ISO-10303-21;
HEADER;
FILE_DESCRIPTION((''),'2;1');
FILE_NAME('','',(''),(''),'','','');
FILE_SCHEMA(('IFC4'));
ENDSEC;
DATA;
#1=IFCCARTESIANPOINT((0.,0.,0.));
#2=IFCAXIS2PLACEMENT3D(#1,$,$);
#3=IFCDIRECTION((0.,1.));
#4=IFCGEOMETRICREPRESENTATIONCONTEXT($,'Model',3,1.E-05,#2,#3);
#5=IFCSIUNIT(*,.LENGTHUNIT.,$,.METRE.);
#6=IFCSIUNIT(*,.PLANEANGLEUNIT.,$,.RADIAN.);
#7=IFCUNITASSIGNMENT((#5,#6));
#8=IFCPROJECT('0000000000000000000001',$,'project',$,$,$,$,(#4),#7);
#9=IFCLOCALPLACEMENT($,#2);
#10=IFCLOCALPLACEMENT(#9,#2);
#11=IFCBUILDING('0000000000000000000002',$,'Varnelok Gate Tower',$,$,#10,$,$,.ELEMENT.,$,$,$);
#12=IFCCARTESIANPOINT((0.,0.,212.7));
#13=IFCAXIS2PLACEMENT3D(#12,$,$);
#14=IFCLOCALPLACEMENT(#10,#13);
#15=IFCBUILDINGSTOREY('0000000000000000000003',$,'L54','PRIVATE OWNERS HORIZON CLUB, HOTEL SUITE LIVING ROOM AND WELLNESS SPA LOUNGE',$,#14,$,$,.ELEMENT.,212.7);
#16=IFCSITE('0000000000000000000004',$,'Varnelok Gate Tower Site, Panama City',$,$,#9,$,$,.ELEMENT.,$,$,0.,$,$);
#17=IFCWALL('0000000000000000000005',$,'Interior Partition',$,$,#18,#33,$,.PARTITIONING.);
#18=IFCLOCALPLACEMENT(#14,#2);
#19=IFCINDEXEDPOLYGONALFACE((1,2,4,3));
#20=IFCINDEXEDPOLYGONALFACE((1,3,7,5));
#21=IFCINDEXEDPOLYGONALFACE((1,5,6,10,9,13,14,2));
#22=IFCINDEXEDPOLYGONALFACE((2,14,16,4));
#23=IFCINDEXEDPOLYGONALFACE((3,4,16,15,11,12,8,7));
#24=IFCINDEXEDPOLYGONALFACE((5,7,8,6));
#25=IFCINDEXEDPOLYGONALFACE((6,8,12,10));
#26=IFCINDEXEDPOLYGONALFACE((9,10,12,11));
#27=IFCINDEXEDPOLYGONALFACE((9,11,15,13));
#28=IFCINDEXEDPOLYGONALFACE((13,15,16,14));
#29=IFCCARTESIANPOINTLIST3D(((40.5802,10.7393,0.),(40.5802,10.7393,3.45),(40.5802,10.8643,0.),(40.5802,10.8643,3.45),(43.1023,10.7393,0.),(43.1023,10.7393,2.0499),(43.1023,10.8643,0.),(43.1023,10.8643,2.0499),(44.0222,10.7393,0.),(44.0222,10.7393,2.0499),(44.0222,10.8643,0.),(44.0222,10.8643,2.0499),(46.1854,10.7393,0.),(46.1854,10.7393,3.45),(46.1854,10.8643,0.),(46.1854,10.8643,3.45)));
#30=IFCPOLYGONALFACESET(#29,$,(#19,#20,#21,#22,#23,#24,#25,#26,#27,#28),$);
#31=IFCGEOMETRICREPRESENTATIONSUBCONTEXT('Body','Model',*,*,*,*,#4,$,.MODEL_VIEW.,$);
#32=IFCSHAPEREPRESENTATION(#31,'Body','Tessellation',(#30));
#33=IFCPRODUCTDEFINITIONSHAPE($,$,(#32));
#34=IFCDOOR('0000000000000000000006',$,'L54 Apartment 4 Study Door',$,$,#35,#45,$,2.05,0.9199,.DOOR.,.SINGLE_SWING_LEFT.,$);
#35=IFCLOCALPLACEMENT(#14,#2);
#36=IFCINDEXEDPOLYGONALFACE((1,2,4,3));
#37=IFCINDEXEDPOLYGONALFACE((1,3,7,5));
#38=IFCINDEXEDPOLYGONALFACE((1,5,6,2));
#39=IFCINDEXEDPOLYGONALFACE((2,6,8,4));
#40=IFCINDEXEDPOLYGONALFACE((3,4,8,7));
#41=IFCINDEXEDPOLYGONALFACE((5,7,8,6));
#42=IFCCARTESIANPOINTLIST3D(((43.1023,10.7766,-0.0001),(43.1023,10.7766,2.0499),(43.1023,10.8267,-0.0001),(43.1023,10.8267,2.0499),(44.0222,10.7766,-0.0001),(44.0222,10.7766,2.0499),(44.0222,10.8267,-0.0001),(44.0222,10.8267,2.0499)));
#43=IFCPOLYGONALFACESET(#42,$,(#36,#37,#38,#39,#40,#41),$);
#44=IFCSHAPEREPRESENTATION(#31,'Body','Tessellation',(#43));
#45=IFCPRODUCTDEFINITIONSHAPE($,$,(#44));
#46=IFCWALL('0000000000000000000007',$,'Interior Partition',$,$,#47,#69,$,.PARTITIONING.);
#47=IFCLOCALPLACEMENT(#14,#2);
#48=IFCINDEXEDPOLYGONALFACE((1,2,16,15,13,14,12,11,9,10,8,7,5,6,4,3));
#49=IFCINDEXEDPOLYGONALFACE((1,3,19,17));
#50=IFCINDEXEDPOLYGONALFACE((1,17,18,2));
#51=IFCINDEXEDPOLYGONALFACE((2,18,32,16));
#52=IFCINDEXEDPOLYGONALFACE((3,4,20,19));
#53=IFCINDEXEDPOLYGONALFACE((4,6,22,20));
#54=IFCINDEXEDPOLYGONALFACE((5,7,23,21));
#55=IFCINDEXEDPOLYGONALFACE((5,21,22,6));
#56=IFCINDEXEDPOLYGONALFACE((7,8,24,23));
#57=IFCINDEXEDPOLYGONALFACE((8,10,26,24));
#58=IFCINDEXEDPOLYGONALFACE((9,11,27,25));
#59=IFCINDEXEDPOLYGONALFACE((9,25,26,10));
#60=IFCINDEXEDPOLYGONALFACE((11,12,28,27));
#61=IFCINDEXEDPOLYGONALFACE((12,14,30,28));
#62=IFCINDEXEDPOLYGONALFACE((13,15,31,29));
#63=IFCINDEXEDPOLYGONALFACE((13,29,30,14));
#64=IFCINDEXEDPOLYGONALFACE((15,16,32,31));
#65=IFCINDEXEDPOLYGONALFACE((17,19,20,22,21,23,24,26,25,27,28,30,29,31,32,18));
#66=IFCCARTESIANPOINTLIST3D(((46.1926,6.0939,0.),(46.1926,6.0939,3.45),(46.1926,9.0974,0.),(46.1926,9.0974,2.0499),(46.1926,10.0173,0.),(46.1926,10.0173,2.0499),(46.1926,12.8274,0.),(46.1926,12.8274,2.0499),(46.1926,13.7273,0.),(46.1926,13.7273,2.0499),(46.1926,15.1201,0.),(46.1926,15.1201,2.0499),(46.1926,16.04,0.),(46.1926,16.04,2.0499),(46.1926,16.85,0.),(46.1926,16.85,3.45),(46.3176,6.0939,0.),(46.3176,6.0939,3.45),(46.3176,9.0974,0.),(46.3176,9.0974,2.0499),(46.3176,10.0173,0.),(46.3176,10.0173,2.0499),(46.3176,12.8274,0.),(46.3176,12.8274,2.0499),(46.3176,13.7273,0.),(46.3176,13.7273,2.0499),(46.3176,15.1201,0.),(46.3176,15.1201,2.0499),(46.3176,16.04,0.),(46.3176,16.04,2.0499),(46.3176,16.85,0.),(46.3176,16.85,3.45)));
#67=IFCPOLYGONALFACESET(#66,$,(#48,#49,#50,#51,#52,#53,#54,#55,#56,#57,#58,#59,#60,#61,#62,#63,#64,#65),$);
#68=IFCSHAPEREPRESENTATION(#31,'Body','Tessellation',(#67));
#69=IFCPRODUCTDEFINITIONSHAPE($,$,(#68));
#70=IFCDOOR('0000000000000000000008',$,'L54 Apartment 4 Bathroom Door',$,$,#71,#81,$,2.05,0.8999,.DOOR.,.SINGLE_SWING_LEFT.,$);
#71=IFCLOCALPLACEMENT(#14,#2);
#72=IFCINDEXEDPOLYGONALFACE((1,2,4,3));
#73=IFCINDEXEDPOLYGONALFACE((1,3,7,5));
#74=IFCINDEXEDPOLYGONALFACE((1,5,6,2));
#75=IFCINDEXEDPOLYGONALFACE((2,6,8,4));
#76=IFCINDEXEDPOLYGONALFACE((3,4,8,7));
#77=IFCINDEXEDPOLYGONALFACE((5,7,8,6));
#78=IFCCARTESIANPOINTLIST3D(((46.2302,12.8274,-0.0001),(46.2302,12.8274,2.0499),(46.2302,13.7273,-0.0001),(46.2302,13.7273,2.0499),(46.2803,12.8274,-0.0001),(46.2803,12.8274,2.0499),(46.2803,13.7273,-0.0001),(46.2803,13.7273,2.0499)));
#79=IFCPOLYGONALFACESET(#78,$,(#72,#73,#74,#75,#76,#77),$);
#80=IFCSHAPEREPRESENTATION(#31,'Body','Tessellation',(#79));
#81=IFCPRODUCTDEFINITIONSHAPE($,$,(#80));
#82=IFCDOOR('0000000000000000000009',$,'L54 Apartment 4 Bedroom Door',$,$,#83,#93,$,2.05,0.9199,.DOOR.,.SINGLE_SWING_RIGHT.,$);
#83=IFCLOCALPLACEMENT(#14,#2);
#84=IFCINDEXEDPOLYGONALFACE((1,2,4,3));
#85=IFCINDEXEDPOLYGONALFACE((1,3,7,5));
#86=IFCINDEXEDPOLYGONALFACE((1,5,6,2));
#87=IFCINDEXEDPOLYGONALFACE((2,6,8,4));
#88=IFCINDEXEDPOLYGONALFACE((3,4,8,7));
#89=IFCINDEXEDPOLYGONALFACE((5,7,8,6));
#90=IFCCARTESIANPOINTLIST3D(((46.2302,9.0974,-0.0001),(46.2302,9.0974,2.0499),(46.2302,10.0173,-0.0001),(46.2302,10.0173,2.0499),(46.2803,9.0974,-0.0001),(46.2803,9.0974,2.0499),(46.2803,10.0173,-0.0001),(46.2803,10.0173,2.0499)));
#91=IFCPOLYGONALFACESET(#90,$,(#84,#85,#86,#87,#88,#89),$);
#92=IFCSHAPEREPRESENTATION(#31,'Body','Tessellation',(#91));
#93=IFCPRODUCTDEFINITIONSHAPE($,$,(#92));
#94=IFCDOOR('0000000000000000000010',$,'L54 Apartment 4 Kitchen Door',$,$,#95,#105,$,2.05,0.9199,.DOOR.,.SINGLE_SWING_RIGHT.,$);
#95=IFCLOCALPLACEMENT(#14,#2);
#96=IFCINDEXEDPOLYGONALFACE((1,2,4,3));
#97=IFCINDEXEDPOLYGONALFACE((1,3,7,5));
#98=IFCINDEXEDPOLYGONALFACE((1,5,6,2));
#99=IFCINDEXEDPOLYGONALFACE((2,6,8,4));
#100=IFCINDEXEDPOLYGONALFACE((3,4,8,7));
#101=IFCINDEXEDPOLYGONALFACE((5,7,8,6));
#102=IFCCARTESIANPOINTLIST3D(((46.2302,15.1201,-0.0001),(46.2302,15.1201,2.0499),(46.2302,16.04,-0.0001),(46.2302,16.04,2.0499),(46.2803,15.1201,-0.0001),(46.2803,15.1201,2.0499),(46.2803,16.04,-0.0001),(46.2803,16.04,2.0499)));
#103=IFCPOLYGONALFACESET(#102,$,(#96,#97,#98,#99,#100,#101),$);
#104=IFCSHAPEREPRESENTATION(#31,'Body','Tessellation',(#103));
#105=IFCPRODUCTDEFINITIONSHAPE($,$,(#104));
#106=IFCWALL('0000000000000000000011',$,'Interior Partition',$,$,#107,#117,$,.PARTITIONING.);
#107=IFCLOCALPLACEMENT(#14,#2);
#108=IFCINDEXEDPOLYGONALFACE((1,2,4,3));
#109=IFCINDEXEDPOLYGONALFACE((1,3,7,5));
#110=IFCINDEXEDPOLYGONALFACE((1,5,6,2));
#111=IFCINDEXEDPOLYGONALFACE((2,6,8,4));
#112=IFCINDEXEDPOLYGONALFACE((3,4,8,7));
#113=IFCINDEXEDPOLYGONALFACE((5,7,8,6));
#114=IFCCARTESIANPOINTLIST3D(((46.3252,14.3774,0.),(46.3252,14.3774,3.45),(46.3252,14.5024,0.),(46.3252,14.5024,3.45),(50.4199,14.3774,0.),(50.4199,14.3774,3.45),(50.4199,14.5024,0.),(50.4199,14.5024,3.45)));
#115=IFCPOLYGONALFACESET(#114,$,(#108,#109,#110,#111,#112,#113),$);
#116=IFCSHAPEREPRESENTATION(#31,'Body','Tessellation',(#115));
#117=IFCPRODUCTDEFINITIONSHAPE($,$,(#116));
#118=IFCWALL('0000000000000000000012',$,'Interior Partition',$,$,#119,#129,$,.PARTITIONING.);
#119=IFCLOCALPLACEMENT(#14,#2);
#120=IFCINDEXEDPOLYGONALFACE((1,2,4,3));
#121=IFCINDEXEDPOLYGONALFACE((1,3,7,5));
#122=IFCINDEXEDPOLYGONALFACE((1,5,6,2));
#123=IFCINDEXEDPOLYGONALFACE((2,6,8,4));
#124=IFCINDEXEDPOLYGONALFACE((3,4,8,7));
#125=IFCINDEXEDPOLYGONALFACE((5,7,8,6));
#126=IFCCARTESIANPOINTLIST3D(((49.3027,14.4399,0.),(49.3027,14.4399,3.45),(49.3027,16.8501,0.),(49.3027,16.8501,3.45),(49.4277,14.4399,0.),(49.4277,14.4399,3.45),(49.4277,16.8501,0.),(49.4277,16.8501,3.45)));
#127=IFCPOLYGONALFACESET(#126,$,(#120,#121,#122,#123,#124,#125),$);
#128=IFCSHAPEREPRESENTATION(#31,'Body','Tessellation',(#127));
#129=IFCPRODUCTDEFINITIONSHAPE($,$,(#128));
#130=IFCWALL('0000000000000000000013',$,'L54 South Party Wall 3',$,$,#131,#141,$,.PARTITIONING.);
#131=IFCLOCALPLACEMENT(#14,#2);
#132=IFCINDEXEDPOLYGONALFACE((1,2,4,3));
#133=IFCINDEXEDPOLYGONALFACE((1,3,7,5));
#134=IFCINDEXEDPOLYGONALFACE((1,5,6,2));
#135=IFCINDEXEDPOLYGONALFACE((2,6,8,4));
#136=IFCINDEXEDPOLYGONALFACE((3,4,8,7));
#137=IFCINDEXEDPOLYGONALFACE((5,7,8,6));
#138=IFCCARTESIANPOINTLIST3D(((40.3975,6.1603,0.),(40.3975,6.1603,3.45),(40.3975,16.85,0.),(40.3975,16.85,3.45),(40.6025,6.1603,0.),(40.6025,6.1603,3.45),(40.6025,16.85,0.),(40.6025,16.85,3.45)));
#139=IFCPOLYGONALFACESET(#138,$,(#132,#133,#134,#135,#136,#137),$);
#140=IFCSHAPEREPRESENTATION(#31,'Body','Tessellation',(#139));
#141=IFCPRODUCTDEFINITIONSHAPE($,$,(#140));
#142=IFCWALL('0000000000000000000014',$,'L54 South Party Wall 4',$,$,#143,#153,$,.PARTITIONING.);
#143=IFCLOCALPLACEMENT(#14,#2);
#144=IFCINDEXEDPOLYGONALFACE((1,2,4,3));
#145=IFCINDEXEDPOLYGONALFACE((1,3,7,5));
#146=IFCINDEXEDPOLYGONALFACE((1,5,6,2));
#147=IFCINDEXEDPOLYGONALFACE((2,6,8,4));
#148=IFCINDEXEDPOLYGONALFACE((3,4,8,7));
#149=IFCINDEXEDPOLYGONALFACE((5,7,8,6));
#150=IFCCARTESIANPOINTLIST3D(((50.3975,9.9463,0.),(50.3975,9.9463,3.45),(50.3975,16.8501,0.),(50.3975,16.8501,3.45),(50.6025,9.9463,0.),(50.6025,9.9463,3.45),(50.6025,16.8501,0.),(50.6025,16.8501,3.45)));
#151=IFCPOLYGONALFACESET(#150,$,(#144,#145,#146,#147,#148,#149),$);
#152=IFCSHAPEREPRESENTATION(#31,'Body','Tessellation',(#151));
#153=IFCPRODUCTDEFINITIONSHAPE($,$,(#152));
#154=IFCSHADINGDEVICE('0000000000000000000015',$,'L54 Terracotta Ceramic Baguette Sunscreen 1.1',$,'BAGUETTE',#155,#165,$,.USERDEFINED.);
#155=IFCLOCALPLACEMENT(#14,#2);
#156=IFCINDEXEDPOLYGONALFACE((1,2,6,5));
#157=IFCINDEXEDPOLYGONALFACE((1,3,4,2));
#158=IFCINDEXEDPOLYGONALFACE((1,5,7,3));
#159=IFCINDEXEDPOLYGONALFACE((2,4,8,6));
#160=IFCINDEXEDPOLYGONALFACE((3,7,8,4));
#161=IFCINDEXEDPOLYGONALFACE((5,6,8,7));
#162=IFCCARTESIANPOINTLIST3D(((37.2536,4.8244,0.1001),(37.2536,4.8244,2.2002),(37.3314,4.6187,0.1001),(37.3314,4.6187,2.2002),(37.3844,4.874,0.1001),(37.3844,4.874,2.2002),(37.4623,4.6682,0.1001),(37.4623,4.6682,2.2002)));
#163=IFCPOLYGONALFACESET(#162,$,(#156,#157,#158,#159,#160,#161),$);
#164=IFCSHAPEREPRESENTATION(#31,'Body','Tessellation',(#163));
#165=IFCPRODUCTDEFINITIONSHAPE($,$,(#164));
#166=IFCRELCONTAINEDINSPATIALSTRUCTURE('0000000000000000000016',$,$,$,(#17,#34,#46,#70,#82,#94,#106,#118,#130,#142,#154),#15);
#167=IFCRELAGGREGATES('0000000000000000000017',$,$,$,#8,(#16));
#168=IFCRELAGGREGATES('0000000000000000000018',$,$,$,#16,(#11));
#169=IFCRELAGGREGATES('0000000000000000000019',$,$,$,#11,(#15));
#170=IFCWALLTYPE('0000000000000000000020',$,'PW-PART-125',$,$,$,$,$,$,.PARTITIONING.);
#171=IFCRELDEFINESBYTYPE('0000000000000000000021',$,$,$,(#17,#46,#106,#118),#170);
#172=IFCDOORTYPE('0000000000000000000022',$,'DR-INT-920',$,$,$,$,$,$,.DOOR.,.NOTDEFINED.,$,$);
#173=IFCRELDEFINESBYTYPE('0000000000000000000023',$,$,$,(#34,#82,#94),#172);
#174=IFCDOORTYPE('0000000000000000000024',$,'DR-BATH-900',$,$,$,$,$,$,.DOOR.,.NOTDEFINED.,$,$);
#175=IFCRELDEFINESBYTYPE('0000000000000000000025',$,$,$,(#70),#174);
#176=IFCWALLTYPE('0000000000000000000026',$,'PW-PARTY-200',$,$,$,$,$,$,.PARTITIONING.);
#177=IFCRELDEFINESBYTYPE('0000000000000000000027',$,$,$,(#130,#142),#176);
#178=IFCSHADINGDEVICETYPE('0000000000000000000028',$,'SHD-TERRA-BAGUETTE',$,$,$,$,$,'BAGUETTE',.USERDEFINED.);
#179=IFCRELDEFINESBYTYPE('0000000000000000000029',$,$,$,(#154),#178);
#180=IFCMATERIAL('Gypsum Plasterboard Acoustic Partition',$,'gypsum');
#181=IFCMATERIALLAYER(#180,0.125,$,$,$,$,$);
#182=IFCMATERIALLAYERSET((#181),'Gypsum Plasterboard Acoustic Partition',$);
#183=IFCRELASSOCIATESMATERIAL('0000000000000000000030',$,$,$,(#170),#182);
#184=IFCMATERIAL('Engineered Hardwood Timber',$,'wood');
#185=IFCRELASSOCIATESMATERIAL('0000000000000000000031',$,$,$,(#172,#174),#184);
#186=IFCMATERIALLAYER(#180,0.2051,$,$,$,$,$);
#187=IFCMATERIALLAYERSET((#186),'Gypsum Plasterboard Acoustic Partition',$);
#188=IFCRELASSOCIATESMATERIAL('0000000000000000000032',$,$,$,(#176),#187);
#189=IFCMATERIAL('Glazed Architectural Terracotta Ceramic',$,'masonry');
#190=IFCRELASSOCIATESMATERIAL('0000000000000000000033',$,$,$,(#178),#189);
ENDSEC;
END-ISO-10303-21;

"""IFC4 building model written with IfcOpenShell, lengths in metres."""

from ifc_helpers import new_model, si_unit, direction, frame, frame_2d, origin, origin_2d, place, context, subcontext, project, spatial, rectangle, extrude, source, transform, mapped, material, layer, layer_set, type_object, element, fill, save


model = new_model("IFC4")

# Units and contexts
model_context = context("Model", 3, precision=1e-05, world=origin(), true_north=direction((0.0, 1.0)))
body_context = subcontext(model_context, "Body", "Model", "MODEL_VIEW")
ifc_project = project(units=[si_unit("LENGTHUNIT", "METRE"), si_unit("PLANEANGLEUNIT", "RADIAN")], contexts=[model_context])

# Site, building, storey
site_placement = place(None, origin())
site = spatial("IfcSite", under=ifc_project, at=site_placement, Name="Varnelok Gate Tower Site, Panama City", CompositionType="ELEMENT", RefElevation=0.0)
building_placement = place(site_placement, origin())
building = spatial("IfcBuilding", under=site, at=building_placement, Name="Varnelok Gate Tower", CompositionType="ELEMENT")
storey_placement = place(building_placement, frame((0.0, 0.0, 212.7)))
storey = spatial("IfcBuildingStorey", under=building, at=storey_placement, Name="L54", Description="PRIVATE OWNERS HORIZON CLUB, HOTEL SUITE LIVING ROOM AND WELLNESS SPA LOUNGE", CompositionType="ELEMENT", Elevation=212.7)

# Shared definitions
ifc_material_1 = material(Name="Gypsum Plasterboard Acoustic Partition", Category="gypsum")
ifc_material_2 = material(Name="Engineered Hardwood Timber", Category="wood")

# Wall, opening, door
ifc_layer_1 = layer(ifc_material_1, 0.125)
ifc_layer_set_1 = layer_set([ifc_layer_1], Name="Gypsum Plasterboard Acoustic Partition")
wall_type_1 = type_object("IfcWallType", Name="PW-PART-125", PredefinedType="PARTITIONING", material=ifc_layer_set_1)
wall_1_placement = place(storey_placement, frame((40.5801, 10.8018, 0.0), z_axis=(0.0, 0.0, 1.0), x_axis=(1.0, 0.0, 0.0)))
wall_1 = element("IfcWall", 1, at=wall_1_placement, inside=storey, type_object=wall_type_1, Name="Interior Partition", PredefinedType="PARTITIONING", context=body_context, shape_type="SweptSolid", body=[
    extrude(rectangle(XDim=5.6052, YDim=0.125, at=frame_2d((2.8027, 0.0))), origin(), (0.0, 0.0, 1.0), 3.45),
])
opening_1_placement = place(wall_1_placement, frame((2.5222, 0.0, 0.0)))
opening_1 = element("IfcOpeningElement", 2, at=opening_1_placement, cuts=wall_1, PredefinedType="OPENING", context=body_context, shape_type="SweptSolid", body=[
    extrude(rectangle(XDim=0.9199, YDim=2.05, at=frame_2d((0.46, 1.0249))), frame((0.0, 0.0725, 0.0), z_axis=(0.0, -1.0, 0.0), x_axis=(1.0, 0.0, 0.0)), (0.0, 0.0, 1.0), 0.145),
])
door_type_1 = type_object("IfcDoorType", Name="DR-INT-920", OperationType="NOTDEFINED", PredefinedType="DOOR", material=ifc_material_2)
door_1_placement = place(opening_1_placement, origin())
door_1 = element("IfcDoor", 3, at=door_1_placement, inside=storey, type_object=door_type_1, Name="L54 Apartment 4 Study Door", OperationType="SINGLE_SWING_LEFT", OverallHeight=2.05, OverallWidth=0.9199, PredefinedType="DOOR", context=body_context, shape_type="SweptSolid", body=[
    extrude(rectangle(XDim=0.9199, YDim=2.05, at=frame_2d((0.46, 1.0249))), frame((0.0, 0.0249, 0.0), z_axis=(0.0, -1.0, 0.0), x_axis=(1.0, 0.0, 0.0)), (0.0, 0.0, 1.0), 0.05),
])
fill(opening_1, door_1)

# Wall, openings, doors
wall_2_placement = place(storey_placement, frame((46.2551, 6.094, 0.0), z_axis=(0.0, 0.0, 1.0), x_axis=(0.0, 1.0, 0.0)))
wall_2 = element("IfcWall", 4, at=wall_2_placement, inside=storey, type_object=wall_type_1, Name="Interior Partition", PredefinedType="PARTITIONING", context=body_context, shape_type="SweptSolid", body=[
    extrude(rectangle(XDim=10.7561, YDim=0.125, at=frame_2d((5.3779, 0.0))), origin(), (0.0, 0.0, 1.0), 3.45),
])
opening_2_placement = place(wall_2_placement, frame((3.0034, 0.0, 0.0)))
opening_2 = element("IfcOpeningElement", 5, at=opening_2_placement, cuts=wall_2, PredefinedType="OPENING", context=body_context, shape_type="SweptSolid", body=[
    extrude(rectangle(XDim=0.9199, YDim=2.05, at=frame_2d((0.46, 1.0249))), frame((0.0, 0.0725, 0.0), z_axis=(0.0, -1.0, 0.0), x_axis=(1.0, 0.0, 0.0)), (0.0, 0.0, 1.0), 0.145),
])
opening_3_placement = place(wall_2_placement, frame((6.7334, 0.0, 0.0)))
opening_3 = element("IfcOpeningElement", 6, at=opening_3_placement, cuts=wall_2, PredefinedType="OPENING", context=body_context, shape_type="SweptSolid", body=[
    extrude(rectangle(XDim=0.8999, YDim=2.05, at=frame_2d((0.45, 1.0249))), frame((0.0, 0.0725, 0.0), z_axis=(0.0, -1.0, 0.0), x_axis=(1.0, 0.0, 0.0)), (0.0, 0.0, 1.0), 0.145),
])
opening_4_placement = place(wall_2_placement, frame((9.0261, 0.0, 0.0)))
opening_4 = element("IfcOpeningElement", 7, at=opening_4_placement, cuts=wall_2, PredefinedType="OPENING", context=body_context, shape_type="SweptSolid", body=[
    extrude(rectangle(XDim=0.9199, YDim=2.05, at=frame_2d((0.46, 1.0249))), frame((0.0, 0.0725, 0.0), z_axis=(0.0, -1.0, 0.0), x_axis=(1.0, 0.0, 0.0)), (0.0, 0.0, 1.0), 0.145),
])
door_type_2 = type_object("IfcDoorType", Name="DR-BATH-900", OperationType="NOTDEFINED", PredefinedType="DOOR", material=ifc_material_2)
door_2_placement = place(opening_3_placement, origin())
door_2 = element("IfcDoor", 8, at=door_2_placement, inside=storey, type_object=door_type_2, Name="L54 Apartment 4 Bathroom Door", OperationType="SINGLE_SWING_LEFT", OverallHeight=2.05, OverallWidth=0.8999, PredefinedType="DOOR", context=body_context, shape_type="SweptSolid", body=[
    extrude(rectangle(XDim=0.8999, YDim=2.05, at=frame_2d((0.45, 1.0249))), frame((0.0, 0.0249, 0.0), z_axis=(0.0, -1.0, 0.0), x_axis=(1.0, 0.0, 0.0)), (0.0, 0.0, 1.0), 0.05),
])
fill(opening_3, door_2)
door_3_placement = place(opening_2_placement, origin())
door_3 = element("IfcDoor", 9, at=door_3_placement, inside=storey, type_object=door_type_1, Name="L54 Apartment 4 Bedroom Door", OperationType="SINGLE_SWING_RIGHT", OverallHeight=2.05, OverallWidth=0.9199, PredefinedType="DOOR", context=body_context, shape_type="SweptSolid", body=[
    extrude(rectangle(XDim=0.9199, YDim=2.05, at=frame_2d((0.46, 1.0249))), frame((0.0, 0.0249, 0.0), z_axis=(0.0, -1.0, 0.0), x_axis=(1.0, 0.0, 0.0)), (0.0, 0.0, 1.0), 0.05),
])
fill(opening_2, door_3)
door_4_placement = place(opening_4_placement, origin())
door_4 = element("IfcDoor", 10, at=door_4_placement, inside=storey, type_object=door_type_1, Name="L54 Apartment 4 Kitchen Door", OperationType="SINGLE_SWING_RIGHT", OverallHeight=2.05, OverallWidth=0.9199, PredefinedType="DOOR", context=body_context, shape_type="SweptSolid", body=[
    extrude(rectangle(XDim=0.9199, YDim=2.05, at=frame_2d((0.46, 1.0249))), frame((0.0, 0.0249, 0.0), z_axis=(0.0, -1.0, 0.0), x_axis=(1.0, 0.0, 0.0)), (0.0, 0.0, 1.0), 0.05),
])
fill(opening_4, door_4)

# Walls
wall_3_placement = place(storey_placement, frame((46.3252, 14.4399, 0.0), z_axis=(0.0, 0.0, 1.0), x_axis=(1.0, 0.0, 0.0)))
element("IfcWall", 11, at=wall_3_placement, inside=storey, type_object=wall_type_1, Name="Interior Partition", PredefinedType="PARTITIONING", context=body_context, shape_type="SweptSolid", body=[
    extrude(rectangle(XDim=4.0947, YDim=0.125, at=frame_2d((2.0474, 0.0))), origin(), (0.0, 0.0, 1.0), 3.45),
])
wall_4_placement = place(storey_placement, frame((49.3652, 14.4399, 0.0), z_axis=(0.0, 0.0, 1.0), x_axis=(0.0, 1.0, 0.0)))
element("IfcWall", 12, at=wall_4_placement, inside=storey, type_object=wall_type_1, Name="Interior Partition", PredefinedType="PARTITIONING", context=body_context, shape_type="SweptSolid", body=[
    extrude(rectangle(XDim=2.4102, YDim=0.125, at=frame_2d((1.2051, 0.0))), origin(), (0.0, 0.0, 1.0), 3.45),
])
ifc_layer_2 = layer(ifc_material_1, 0.2051)
ifc_layer_set_2 = layer_set([ifc_layer_2], Name="Gypsum Plasterboard Acoustic Partition")
wall_type_2 = type_object("IfcWallType", Name="PW-PARTY-200", PredefinedType="PARTITIONING", material=ifc_layer_set_2)
wall_5_placement = place(storey_placement, frame((40.5, 6.1604, 0.0), z_axis=(0.0, 0.0, 1.0), x_axis=(0.0, 1.0, 0.0)))
element("IfcWall", 13, at=wall_5_placement, inside=storey, type_object=wall_type_2, Name="L54 South Party Wall 3", PredefinedType="PARTITIONING", context=body_context, shape_type="SweptSolid", body=[
    extrude(rectangle(XDim=10.6897, YDim=0.2051, at=frame_2d((5.3447, 0.0))), origin(), (0.0, 0.0, 1.0), 3.45),
])
wall_6_placement = place(storey_placement, frame((50.5, 9.9463, 0.0), z_axis=(0.0, 0.0, 1.0), x_axis=(0.0, 1.0, 0.0)))
element("IfcWall", 14, at=wall_6_placement, inside=storey, type_object=wall_type_2, Name="L54 South Party Wall 4", PredefinedType="PARTITIONING", context=body_context, shape_type="SweptSolid", body=[
    extrude(rectangle(XDim=6.9038, YDim=0.2051, at=frame_2d((3.4519, 0.0))), origin(), (0.0, 0.0, 1.0), 3.45),
])

# Shading device
ifc_material_3 = material(Name="Glazed Architectural Terracotta Ceramic", Category="masonry")
shading_device_type = type_object("IfcShadingDeviceType", Name="SHD-TERRA-BAGUETTE", ElementType="BAGUETTE", PredefinedType="USERDEFINED", material=ifc_material_3)
shared_shape_1 = source(origin(), body_context, "Body", "SweptSolid", [
    extrude(rectangle(XDim=0.1399, YDim=0.22, at=origin_2d()), origin(), (0.0, 0.0, 1.0), 2.1001),
])
shading_device_placement = place(storey_placement, frame((37.3579, 4.7463, 0.1001), z_axis=(0.0, 0.0, 1.0), x_axis=(0.935222, 0.354063, 0.0)))
element("IfcShadingDevice", 15, at=shading_device_placement, inside=storey, type_object=shading_device_type, Name="L54 Terracotta Ceramic Baguette Sunscreen 1.1", ObjectType="BAGUETTE", PredefinedType="USERDEFINED", context=body_context, shape_type="MappedRepresentation", body=[
    mapped(shared_shape_1, transform((0.0, 0.0, 0.0), scale=1.0)),
])

save(model, "model.ifc")
